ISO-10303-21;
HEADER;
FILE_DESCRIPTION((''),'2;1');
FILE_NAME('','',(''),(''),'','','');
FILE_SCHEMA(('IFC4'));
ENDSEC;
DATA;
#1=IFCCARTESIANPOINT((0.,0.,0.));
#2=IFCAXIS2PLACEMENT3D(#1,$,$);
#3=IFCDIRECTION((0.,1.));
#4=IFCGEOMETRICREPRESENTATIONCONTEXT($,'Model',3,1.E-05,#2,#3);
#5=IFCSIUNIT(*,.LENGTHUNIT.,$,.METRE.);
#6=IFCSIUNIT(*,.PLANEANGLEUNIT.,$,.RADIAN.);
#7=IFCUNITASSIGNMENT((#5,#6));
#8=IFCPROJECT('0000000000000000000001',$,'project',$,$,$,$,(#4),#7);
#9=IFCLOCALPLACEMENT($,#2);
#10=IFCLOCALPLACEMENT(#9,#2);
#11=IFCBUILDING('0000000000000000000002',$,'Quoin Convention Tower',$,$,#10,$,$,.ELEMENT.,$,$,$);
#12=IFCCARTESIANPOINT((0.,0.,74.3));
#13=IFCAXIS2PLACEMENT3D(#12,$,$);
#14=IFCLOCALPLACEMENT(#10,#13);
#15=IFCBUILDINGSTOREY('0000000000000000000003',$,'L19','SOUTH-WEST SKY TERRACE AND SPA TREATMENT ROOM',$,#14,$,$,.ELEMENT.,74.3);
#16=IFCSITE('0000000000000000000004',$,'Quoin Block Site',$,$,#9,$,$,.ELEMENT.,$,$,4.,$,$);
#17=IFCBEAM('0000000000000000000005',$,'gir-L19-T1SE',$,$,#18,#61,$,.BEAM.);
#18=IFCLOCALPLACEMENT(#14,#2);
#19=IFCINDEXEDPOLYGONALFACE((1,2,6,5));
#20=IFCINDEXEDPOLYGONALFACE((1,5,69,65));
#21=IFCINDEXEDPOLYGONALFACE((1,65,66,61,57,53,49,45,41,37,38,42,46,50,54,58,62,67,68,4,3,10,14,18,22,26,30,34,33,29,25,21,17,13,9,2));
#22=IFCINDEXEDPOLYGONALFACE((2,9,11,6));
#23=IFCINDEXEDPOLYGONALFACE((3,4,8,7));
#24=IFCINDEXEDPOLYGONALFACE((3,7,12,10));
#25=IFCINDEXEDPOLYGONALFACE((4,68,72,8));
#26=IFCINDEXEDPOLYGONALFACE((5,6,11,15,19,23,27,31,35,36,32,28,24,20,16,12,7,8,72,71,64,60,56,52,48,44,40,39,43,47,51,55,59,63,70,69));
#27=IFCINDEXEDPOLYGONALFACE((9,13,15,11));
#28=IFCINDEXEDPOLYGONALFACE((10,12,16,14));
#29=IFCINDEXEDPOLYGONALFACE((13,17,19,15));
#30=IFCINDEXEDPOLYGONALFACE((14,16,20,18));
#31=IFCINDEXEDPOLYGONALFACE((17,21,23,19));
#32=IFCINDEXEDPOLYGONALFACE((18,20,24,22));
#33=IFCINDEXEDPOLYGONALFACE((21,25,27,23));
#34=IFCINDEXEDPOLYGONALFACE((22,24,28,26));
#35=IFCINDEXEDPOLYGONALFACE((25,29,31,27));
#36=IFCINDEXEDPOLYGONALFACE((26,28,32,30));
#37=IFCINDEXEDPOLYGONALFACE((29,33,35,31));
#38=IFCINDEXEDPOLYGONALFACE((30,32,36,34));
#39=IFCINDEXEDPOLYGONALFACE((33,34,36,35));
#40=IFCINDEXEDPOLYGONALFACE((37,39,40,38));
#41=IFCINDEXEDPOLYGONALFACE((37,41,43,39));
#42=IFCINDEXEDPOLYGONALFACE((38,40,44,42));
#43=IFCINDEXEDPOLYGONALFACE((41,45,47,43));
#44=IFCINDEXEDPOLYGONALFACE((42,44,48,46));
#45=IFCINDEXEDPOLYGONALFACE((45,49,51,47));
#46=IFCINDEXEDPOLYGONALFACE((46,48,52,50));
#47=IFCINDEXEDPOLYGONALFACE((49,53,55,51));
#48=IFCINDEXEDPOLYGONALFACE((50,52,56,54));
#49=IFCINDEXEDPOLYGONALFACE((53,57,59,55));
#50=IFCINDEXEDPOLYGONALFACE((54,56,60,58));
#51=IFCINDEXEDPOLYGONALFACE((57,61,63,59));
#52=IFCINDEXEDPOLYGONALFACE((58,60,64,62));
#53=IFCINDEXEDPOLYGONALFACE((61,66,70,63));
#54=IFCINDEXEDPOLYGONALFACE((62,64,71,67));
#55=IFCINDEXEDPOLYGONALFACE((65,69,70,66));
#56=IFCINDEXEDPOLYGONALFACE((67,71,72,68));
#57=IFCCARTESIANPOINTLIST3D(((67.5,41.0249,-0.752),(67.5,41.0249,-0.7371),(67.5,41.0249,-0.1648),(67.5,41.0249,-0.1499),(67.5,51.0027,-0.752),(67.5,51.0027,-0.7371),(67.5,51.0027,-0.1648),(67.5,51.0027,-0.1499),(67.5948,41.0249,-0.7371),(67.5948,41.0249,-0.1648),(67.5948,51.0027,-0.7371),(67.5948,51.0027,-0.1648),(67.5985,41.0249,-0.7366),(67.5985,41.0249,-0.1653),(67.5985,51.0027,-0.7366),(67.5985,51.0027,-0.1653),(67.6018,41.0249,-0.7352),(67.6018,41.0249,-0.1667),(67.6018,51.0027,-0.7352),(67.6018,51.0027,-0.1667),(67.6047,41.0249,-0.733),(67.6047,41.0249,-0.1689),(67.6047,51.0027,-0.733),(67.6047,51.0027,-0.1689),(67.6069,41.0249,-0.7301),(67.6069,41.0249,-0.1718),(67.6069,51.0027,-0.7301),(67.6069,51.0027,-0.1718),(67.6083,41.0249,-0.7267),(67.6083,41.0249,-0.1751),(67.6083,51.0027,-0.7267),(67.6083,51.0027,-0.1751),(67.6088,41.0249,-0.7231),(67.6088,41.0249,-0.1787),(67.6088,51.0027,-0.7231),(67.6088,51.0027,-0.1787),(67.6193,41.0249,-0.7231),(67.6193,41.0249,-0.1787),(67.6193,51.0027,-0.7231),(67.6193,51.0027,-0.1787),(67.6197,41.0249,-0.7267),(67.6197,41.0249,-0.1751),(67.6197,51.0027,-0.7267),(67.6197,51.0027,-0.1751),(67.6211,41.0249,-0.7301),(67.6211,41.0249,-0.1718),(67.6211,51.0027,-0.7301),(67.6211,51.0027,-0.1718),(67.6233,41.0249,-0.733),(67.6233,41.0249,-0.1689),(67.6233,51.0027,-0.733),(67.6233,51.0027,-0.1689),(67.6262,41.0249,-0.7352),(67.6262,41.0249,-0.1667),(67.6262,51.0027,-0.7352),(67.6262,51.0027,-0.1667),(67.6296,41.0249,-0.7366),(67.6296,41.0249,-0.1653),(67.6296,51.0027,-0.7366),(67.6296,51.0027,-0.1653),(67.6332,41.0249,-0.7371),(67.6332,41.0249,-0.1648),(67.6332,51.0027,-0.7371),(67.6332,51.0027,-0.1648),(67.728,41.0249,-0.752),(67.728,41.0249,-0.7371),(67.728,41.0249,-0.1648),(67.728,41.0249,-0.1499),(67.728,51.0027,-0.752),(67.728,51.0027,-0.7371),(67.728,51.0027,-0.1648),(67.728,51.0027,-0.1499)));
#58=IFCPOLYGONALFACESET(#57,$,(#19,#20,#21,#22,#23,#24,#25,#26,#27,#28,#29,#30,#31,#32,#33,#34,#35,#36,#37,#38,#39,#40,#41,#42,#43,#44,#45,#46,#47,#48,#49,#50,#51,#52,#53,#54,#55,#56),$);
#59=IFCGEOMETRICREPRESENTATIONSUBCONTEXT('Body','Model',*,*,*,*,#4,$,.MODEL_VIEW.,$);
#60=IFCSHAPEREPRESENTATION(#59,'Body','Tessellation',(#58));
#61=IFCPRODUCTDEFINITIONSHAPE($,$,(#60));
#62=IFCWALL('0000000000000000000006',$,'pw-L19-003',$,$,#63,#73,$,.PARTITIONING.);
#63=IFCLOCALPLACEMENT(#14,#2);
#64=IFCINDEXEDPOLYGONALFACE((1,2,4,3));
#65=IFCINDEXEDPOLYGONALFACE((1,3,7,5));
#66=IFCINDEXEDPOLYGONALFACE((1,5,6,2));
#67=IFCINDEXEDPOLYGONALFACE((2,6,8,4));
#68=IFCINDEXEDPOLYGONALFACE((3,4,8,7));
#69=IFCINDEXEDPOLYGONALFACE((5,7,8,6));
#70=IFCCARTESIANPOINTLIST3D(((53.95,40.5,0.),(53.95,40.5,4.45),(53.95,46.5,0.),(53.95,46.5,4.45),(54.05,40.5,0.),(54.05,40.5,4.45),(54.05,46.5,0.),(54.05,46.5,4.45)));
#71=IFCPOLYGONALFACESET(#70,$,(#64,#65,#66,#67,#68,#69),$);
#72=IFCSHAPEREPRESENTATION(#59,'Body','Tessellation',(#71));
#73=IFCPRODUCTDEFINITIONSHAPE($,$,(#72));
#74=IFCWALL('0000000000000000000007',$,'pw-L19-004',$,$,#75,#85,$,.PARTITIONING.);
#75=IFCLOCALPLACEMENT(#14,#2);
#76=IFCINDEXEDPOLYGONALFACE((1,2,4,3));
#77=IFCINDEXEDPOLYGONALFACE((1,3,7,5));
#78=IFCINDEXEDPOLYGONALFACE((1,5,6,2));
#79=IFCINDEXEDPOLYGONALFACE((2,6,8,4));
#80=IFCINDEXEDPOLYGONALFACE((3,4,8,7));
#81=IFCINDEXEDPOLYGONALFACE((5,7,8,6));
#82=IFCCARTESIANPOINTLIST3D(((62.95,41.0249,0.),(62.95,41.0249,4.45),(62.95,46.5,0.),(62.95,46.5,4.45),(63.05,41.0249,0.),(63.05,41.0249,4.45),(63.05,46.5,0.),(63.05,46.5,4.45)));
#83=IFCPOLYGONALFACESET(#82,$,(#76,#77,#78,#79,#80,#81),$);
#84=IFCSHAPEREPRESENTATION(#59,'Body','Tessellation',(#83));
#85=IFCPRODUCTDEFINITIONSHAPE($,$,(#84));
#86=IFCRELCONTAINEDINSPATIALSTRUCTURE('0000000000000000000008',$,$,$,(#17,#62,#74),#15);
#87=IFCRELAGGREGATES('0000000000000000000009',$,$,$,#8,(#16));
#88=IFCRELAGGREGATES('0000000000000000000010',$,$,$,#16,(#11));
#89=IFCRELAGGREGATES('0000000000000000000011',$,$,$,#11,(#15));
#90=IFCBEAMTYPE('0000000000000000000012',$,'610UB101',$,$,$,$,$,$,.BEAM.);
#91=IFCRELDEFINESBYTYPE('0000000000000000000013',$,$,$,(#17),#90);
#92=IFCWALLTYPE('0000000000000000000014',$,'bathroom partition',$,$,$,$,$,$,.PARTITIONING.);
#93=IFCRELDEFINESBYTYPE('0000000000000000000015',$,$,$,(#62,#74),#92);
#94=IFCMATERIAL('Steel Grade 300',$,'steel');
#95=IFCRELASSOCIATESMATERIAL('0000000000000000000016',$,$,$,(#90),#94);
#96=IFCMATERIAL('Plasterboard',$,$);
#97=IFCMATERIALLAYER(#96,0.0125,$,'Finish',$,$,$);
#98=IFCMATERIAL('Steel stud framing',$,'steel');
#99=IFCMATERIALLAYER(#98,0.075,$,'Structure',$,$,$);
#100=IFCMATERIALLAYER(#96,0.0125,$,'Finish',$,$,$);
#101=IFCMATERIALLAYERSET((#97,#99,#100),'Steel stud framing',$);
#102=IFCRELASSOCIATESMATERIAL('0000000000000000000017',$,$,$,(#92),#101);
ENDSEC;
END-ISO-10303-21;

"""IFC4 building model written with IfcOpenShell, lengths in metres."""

from ifc_helpers import new_model, si_unit, direction, frame, frame_2d, origin, origin_2d, place, context, subcontext, project, spatial, rectangle, i_section, extrude, material, layer, layer_set, material_profile, profile_set, type_object, element, save


model = new_model("IFC4")

# Units and contexts
model_context = context("Model", 3, precision=1e-05, world=origin(), true_north=direction((0.0, 1.0)))
body_context = subcontext(model_context, "Body", "Model", "MODEL_VIEW")
ifc_project = project(units=[si_unit("LENGTHUNIT", "METRE"), si_unit("PLANEANGLEUNIT", "RADIAN")], contexts=[model_context])

# Site, building, storey
site_placement = place(None, origin())
site = spatial("IfcSite", under=ifc_project, at=site_placement, Name="Quoin Block Site", CompositionType="ELEMENT", RefElevation=4.0)
building_placement = place(site_placement, origin())
building = spatial("IfcBuilding", under=site, at=building_placement, Name="Quoin Convention Tower", CompositionType="ELEMENT")
storey_placement = place(building_placement, frame((0.0, 0.0, 74.3)))
storey = spatial("IfcBuildingStorey", under=building, at=storey_placement, Name="L19", Description="SOUTH-WEST SKY TERRACE AND SPA TREATMENT ROOM", CompositionType="ELEMENT", Elevation=74.3)

# Beam
ifc_material_1 = material(Name="Steel Grade 300", Category="steel")
ifc_material_profile_1 = material_profile(ifc_material_1, i_section(OverallWidth=0.228, OverallDepth=0.6021, WebThickness=0.0105, FlangeThickness=0.0149, FilletRadius=0.0139, at=origin_2d()), Name="610UB101")
ifc_profile_set_1 = profile_set([ifc_material_profile_1], Name="Steel Grade 300")
beam_type_1 = type_object("IfcBeamType", Name="610UB101", PredefinedType="BEAM", material=ifc_profile_set_1)
beam_1_placement = place(storey_placement, frame((67.614, 41.0249, -0.4509), z_axis=(0.0, 1.0, 0.0), x_axis=(-1.0, 0.0, 0.0)))
element("IfcBeam", 1, at=beam_1_placement, inside=storey, type_object=beam_type_1, Name="gir-L19-T1SE", PredefinedType="BEAM", context=body_context, shape_type="SweptSolid", body=[
    extrude(i_section(OverallWidth=0.228, OverallDepth=0.6021, WebThickness=0.0105, FlangeThickness=0.0149, FilletRadius=0.0139, at=origin_2d()), origin(), (0.0, 0.0, 1.0), 9.9778),
])

# Walls
ifc_material_2 = material(Name="Plasterboard")
ifc_layer_1 = layer(ifc_material_2, 0.0125, Name="Finish")
ifc_material_3 = material(Name="Steel stud framing", Category="steel")
ifc_layer_2 = layer(ifc_material_3, 0.075, Name="Structure")
ifc_layer_3 = layer(ifc_material_2, 0.0125, Name="Finish")
ifc_layer_set = layer_set([ifc_layer_1, ifc_layer_2, ifc_layer_3], Name="Steel stud framing")
wall_type = type_object("IfcWallType", Name="bathroom partition", PredefinedType="PARTITIONING", material=ifc_layer_set)
wall_1_placement = place(storey_placement, frame((54.0, 40.5, 0.0), z_axis=(0.0, 0.0, 1.0), x_axis=(0.0, 1.0, 0.0)))
element("IfcWall", 2, at=wall_1_placement, inside=storey, type_object=wall_type, Name="pw-L19-003", PredefinedType="PARTITIONING", context=body_context, shape_type="SweptSolid", body=[
    extrude(rectangle(XDim=6.0, YDim=0.1001, at=frame_2d((3.0, 0.0))), origin(), (0.0, 0.0, 1.0), 4.45),
])
wall_2_placement = place(storey_placement, frame((63.0, 41.0249, 0.0), z_axis=(0.0, 0.0, 1.0), x_axis=(0.0, 1.0, 0.0)))
element("IfcWall", 3, at=wall_2_placement, inside=storey, type_object=wall_type, Name="pw-L19-004", PredefinedType="PARTITIONING", context=body_context, shape_type="SweptSolid", body=[
    extrude(rectangle(XDim=5.4751, YDim=0.1001, at=frame_2d((2.7375, 0.0))), origin(), (0.0, 0.0, 1.0), 4.45),
])

save(model, "model.ifc")
